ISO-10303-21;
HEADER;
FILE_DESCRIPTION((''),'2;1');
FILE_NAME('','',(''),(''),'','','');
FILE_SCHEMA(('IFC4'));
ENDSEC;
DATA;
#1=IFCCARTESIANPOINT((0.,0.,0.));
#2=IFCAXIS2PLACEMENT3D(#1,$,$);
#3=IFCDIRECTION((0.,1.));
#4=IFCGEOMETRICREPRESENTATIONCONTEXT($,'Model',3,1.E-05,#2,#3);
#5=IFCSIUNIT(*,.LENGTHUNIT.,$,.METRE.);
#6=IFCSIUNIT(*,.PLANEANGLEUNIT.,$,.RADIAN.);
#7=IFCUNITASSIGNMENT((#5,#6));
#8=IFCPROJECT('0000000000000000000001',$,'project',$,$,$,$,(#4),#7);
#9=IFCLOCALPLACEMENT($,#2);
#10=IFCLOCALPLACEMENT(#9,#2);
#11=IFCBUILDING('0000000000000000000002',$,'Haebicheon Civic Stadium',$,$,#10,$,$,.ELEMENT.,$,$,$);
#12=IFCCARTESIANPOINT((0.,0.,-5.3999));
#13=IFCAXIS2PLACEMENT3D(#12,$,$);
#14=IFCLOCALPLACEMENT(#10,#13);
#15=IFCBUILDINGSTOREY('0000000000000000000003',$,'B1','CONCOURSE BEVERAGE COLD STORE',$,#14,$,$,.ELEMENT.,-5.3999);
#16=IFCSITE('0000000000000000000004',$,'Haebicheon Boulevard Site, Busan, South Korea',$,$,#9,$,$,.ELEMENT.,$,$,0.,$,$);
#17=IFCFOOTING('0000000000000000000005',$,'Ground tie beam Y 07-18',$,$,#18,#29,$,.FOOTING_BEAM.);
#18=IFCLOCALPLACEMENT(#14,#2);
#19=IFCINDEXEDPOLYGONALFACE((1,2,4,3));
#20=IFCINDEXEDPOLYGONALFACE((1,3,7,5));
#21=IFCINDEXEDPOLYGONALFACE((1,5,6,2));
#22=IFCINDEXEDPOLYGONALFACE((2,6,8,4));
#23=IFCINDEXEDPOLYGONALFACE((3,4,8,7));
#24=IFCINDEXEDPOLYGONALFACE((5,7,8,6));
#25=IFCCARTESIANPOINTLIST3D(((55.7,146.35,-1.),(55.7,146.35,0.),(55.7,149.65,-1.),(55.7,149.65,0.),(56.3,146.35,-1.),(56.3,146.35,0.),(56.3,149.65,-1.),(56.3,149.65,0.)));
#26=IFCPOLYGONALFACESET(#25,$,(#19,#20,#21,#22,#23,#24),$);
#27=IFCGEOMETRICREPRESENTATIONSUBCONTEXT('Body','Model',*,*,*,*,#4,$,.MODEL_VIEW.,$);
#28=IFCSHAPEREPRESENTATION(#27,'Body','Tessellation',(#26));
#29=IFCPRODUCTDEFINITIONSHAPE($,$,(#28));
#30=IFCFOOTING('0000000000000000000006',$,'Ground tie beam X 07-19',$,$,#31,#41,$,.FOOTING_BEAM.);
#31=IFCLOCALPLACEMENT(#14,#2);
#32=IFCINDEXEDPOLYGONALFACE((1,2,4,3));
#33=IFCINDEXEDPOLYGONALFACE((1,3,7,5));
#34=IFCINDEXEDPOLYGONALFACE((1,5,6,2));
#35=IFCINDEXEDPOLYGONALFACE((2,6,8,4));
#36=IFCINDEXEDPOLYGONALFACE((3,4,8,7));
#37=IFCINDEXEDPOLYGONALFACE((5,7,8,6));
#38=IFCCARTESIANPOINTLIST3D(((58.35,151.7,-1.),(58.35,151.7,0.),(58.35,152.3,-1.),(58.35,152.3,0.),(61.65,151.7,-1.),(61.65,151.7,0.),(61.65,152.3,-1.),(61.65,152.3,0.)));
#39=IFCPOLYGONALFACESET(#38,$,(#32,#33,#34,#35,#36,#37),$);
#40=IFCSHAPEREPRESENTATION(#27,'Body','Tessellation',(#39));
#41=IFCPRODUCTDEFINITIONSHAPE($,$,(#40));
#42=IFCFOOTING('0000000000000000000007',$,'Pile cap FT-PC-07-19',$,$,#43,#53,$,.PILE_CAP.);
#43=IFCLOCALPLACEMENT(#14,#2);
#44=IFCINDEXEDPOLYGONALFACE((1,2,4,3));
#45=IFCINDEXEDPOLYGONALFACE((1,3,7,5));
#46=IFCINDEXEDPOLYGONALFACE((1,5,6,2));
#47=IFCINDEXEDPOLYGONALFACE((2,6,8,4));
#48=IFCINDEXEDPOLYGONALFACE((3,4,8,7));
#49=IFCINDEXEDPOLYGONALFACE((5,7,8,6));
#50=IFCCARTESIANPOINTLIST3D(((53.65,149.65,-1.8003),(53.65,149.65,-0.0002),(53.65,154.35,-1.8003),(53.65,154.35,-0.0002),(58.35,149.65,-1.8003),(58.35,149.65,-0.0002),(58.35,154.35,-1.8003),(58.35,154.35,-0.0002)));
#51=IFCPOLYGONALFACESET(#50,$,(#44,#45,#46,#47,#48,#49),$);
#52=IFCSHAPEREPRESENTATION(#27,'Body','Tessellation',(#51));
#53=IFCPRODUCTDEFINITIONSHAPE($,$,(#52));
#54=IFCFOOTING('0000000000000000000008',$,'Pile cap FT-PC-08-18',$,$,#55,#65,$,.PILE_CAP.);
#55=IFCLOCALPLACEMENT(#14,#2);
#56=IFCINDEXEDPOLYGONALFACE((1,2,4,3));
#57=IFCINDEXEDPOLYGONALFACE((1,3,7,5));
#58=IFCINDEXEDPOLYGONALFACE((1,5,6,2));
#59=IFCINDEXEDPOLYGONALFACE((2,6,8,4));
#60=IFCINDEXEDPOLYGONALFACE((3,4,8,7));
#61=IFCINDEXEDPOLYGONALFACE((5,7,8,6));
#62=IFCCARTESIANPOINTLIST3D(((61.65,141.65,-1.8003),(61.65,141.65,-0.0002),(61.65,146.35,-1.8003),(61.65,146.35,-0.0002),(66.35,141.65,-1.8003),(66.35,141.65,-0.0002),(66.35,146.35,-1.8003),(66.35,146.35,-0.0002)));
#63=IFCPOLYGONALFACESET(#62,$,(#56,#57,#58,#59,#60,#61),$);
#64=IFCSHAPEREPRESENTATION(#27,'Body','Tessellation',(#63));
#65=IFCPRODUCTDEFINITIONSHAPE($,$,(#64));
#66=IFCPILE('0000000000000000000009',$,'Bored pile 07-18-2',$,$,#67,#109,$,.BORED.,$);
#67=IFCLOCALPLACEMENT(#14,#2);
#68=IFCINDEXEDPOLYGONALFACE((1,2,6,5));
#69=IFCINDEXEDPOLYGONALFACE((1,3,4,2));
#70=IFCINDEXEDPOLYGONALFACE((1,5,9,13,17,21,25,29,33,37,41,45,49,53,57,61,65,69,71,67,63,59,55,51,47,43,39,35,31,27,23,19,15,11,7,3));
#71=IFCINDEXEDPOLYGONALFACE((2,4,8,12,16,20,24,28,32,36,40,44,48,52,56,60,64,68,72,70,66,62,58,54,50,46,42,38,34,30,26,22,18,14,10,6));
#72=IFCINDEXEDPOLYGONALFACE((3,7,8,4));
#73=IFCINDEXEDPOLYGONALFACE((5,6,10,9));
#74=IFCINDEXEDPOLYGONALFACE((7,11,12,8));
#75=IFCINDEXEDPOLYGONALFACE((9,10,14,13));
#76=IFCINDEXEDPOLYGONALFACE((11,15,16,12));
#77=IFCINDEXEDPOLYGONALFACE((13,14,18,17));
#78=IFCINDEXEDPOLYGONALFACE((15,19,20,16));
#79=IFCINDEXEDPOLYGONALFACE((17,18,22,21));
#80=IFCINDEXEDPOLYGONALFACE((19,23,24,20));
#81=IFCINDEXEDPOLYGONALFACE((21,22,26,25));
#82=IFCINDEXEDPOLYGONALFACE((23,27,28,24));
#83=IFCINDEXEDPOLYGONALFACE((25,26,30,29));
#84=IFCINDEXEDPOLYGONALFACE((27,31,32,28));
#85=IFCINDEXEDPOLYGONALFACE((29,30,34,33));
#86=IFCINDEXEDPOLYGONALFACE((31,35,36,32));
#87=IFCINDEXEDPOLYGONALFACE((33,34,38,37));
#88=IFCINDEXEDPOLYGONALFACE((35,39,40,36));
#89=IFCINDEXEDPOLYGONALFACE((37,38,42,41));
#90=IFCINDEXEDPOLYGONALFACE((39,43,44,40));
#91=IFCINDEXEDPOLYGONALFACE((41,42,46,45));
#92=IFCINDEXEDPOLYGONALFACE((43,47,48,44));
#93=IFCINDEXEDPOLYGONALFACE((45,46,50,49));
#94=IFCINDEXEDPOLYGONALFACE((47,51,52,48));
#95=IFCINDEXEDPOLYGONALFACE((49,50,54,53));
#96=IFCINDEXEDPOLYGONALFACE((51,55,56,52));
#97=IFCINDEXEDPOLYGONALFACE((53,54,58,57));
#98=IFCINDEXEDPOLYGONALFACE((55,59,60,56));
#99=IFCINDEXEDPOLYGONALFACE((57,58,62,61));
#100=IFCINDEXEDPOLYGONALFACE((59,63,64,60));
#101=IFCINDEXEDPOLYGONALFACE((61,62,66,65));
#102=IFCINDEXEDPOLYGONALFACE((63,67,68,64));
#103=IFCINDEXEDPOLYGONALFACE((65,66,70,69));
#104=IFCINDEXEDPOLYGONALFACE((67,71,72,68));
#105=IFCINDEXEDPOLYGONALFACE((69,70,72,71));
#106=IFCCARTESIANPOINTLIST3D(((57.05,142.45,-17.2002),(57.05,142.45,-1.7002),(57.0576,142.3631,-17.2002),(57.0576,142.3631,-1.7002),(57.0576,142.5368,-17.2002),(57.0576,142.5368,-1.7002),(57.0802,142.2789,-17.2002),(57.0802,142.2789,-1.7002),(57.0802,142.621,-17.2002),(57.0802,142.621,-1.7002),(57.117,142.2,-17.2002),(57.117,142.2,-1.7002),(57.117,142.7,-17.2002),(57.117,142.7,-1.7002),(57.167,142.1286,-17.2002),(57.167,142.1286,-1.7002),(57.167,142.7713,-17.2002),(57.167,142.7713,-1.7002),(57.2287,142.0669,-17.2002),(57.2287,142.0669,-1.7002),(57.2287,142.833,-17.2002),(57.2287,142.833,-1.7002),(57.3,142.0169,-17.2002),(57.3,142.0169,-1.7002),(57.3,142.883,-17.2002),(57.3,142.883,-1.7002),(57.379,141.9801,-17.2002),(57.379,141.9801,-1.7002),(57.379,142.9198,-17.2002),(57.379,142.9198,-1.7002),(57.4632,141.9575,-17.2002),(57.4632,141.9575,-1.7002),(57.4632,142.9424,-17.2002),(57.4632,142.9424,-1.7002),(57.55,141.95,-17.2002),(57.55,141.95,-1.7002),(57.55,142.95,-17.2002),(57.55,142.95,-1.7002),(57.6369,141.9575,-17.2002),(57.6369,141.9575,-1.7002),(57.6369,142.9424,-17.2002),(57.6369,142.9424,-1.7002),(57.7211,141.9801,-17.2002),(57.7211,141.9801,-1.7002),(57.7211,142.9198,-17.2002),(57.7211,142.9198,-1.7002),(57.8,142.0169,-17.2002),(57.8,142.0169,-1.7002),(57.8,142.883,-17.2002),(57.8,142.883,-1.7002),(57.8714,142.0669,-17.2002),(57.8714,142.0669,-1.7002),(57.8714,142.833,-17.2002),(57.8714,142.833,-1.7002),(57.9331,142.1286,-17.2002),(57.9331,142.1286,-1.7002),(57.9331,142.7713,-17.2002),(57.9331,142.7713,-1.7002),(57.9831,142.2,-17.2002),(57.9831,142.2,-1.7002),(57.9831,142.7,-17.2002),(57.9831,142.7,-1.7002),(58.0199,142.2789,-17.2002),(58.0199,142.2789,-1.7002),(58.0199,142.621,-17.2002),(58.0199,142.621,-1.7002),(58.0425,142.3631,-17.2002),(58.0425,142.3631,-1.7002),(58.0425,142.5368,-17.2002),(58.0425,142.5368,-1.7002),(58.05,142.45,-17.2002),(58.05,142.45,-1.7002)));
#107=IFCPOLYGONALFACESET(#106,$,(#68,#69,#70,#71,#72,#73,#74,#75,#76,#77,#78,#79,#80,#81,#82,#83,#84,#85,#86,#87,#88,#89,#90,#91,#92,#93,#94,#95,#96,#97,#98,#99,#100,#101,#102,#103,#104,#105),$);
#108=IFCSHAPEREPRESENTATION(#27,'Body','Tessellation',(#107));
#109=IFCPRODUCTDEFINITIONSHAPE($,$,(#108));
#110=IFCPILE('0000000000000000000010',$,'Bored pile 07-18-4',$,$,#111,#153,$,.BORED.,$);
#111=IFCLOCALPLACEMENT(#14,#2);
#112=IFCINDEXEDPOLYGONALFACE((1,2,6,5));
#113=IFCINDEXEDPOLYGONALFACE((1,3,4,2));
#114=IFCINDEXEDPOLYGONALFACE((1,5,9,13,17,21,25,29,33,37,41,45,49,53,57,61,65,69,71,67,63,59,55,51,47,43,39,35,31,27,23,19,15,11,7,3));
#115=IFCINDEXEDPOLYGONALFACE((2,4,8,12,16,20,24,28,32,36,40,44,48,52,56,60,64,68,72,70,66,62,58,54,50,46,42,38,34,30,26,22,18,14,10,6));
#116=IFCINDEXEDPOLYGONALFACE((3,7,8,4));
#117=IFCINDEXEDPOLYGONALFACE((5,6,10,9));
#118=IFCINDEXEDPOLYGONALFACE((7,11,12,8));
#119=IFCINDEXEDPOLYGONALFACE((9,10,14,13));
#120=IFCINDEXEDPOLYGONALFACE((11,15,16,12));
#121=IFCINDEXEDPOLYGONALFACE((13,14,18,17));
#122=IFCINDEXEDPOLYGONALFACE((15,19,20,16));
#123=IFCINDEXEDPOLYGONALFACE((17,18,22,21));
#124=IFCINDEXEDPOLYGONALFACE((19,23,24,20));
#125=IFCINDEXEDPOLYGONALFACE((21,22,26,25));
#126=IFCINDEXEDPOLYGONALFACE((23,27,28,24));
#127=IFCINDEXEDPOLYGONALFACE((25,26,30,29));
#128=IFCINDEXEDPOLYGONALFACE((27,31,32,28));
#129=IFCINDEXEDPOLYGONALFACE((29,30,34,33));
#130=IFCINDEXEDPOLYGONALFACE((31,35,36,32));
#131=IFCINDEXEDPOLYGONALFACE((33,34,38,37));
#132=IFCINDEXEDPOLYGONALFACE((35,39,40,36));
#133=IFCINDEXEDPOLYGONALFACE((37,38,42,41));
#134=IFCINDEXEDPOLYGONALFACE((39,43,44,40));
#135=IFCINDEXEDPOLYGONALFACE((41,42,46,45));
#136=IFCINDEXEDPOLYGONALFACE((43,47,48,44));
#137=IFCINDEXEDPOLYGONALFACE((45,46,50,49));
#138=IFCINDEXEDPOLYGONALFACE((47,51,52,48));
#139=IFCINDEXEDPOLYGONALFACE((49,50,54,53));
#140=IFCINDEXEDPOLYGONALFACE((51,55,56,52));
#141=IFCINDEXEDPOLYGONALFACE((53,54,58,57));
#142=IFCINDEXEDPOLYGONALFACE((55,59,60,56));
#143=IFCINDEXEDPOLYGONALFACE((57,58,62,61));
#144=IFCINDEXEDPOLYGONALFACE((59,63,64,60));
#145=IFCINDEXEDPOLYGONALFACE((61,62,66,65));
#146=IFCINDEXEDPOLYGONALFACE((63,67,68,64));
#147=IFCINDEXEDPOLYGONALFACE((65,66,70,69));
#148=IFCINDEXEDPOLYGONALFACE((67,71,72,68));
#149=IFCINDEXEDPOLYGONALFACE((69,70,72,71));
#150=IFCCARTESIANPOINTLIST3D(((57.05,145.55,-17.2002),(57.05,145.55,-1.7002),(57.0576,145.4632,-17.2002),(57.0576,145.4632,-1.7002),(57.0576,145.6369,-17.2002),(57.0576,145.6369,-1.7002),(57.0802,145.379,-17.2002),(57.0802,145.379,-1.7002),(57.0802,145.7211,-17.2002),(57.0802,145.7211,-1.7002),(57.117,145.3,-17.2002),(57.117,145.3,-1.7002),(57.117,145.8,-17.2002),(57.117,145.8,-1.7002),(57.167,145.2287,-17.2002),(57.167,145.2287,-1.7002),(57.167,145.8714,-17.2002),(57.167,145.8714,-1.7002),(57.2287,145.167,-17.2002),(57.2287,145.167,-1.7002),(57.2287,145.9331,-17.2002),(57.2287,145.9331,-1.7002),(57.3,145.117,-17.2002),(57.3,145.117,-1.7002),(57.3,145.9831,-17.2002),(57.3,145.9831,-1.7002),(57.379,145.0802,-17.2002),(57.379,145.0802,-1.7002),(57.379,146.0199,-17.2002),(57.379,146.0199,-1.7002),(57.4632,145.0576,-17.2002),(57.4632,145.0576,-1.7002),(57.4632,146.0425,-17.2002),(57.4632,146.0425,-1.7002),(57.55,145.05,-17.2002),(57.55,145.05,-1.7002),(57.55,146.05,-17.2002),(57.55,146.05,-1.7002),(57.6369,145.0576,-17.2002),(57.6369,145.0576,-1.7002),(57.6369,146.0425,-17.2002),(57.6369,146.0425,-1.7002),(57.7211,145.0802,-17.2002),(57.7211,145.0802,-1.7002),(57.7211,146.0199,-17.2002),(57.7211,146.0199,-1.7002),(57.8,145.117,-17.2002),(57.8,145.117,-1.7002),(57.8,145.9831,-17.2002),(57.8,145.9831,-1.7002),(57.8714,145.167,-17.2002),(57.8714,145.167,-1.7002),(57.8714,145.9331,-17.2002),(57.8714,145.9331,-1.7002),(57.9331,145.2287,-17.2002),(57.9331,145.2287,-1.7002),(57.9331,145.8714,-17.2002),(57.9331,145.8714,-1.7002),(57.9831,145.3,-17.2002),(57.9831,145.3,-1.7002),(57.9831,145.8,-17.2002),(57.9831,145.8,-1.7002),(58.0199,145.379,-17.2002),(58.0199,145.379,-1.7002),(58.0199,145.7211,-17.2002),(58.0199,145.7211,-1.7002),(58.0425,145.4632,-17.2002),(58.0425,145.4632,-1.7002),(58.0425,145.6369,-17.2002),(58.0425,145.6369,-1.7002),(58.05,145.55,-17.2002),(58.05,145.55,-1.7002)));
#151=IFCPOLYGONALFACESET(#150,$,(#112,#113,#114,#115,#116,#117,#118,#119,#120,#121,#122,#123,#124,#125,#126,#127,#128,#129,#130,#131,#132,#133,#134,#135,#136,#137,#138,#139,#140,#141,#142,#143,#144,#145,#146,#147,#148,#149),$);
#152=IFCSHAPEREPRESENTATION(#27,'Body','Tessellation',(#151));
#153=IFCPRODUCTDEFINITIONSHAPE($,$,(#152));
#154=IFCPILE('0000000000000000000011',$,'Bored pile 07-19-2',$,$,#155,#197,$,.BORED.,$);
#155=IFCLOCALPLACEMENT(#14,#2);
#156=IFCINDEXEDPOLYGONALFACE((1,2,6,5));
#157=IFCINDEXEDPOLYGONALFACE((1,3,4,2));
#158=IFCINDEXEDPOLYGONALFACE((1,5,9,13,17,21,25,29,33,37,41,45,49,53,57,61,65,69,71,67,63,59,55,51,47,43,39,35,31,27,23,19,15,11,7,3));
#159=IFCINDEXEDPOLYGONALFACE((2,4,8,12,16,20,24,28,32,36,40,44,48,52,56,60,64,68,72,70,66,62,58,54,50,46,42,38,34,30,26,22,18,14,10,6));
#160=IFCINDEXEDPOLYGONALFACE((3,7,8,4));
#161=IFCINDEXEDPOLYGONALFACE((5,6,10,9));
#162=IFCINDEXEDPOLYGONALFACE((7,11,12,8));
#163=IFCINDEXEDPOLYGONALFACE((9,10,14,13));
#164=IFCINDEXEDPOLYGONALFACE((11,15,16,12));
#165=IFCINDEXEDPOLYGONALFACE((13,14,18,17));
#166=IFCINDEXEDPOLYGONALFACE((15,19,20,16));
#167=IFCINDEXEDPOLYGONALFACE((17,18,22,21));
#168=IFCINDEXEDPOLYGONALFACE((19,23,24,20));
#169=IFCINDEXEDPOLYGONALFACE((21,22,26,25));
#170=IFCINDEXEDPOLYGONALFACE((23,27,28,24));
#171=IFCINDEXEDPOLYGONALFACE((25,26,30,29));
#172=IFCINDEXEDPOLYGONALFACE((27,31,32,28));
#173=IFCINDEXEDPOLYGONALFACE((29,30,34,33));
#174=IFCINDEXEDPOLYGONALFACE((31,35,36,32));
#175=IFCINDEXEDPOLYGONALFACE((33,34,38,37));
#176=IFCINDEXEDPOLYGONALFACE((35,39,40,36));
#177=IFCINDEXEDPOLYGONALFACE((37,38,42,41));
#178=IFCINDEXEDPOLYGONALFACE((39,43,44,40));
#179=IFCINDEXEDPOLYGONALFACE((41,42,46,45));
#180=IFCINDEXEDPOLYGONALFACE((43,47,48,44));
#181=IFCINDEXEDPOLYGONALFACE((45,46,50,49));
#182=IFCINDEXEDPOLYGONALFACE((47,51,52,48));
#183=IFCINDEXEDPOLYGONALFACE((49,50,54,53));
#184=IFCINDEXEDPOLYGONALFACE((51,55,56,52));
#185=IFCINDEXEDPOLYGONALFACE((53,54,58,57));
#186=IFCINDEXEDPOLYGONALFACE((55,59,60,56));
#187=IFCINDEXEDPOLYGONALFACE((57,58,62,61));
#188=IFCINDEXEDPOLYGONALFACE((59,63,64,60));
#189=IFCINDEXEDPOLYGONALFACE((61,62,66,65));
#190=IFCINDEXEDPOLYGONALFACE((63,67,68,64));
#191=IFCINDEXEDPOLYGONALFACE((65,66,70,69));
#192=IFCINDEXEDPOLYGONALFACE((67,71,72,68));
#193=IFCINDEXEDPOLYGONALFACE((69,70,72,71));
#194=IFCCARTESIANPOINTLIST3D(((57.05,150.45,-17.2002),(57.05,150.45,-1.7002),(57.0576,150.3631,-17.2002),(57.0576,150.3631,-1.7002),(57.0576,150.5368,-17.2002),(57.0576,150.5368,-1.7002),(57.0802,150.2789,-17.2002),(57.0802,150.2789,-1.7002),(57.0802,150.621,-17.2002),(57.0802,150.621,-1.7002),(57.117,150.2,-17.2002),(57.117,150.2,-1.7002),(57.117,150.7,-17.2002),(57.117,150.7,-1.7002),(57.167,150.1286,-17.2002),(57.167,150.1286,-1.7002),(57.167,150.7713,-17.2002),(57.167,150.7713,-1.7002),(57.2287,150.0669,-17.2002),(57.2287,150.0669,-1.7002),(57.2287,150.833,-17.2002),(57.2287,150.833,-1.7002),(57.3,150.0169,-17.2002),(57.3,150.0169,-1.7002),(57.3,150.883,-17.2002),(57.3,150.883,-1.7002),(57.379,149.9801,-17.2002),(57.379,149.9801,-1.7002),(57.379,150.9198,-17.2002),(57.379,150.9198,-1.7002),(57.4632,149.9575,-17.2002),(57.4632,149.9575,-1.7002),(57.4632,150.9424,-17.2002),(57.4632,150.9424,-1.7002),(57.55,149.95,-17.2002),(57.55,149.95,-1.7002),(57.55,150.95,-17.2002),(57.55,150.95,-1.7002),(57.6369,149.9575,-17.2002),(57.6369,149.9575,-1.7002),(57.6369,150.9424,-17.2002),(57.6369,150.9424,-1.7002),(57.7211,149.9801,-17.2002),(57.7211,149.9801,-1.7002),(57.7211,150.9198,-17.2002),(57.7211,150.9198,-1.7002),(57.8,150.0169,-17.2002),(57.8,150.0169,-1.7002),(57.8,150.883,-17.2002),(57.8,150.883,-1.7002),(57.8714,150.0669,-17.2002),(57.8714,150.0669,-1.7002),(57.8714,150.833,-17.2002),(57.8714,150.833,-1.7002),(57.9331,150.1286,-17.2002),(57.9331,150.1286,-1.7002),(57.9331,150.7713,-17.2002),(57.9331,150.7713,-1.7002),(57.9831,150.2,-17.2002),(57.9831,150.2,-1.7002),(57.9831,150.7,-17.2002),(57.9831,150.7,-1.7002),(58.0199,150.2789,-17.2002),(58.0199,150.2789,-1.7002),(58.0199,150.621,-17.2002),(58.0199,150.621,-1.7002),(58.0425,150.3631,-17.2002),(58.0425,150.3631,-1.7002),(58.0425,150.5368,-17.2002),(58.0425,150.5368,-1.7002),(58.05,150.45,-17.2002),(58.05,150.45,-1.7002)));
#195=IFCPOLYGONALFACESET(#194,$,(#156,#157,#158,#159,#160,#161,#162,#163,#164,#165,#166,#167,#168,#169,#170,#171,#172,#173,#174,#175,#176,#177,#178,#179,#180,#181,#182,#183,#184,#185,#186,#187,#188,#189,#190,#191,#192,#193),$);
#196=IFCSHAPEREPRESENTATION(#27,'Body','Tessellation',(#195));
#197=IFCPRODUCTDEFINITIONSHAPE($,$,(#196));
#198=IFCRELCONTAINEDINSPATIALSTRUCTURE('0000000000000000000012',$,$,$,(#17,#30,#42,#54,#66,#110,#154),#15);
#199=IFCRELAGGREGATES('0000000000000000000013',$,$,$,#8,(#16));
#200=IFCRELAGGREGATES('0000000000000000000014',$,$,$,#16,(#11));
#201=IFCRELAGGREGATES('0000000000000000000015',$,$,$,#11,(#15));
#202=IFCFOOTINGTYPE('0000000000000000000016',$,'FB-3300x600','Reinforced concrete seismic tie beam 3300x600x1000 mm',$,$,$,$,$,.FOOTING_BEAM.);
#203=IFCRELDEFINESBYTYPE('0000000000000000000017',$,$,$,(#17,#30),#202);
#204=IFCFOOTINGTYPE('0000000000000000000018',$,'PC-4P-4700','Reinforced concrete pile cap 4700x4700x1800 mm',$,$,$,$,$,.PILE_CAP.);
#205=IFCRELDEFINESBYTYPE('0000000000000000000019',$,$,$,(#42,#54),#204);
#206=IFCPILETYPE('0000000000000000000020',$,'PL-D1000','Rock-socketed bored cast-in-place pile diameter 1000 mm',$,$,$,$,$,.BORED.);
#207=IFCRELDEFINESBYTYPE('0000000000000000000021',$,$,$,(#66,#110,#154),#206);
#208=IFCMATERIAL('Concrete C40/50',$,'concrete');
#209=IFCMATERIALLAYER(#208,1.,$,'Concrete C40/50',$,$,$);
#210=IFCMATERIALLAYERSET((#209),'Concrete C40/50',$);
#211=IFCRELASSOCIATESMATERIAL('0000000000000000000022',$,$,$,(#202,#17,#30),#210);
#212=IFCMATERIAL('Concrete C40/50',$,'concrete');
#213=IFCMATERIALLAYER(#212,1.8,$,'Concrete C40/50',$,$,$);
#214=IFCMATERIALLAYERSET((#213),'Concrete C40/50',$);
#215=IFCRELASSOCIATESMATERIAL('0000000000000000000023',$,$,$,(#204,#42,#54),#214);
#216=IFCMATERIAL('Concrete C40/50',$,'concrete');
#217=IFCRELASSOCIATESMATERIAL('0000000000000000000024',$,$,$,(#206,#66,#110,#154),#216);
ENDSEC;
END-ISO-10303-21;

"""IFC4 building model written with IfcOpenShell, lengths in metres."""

from ifc_helpers import new_model, si_unit, direction, frame, origin, origin_2d, place, context, subcontext, project, spatial, rectangle, circle, extrude, material, layer, layer_set, material_profile, profile_set, type_object, element, save


model = new_model("IFC4")

# Units and contexts
model_context = context("Model", 3, precision=1e-05, world=origin(), true_north=direction((0.0, 1.0)))
body_context = subcontext(model_context, "Body", "Model", "MODEL_VIEW")
ifc_project = project(units=[si_unit("LENGTHUNIT", "METRE"), si_unit("PLANEANGLEUNIT", "RADIAN")], contexts=[model_context])

# Site, building, storey
site_placement = place(None, origin())
site = spatial("IfcSite", under=ifc_project, at=site_placement, Name="Haebicheon Boulevard Site, Busan, South Korea", CompositionType="ELEMENT", RefElevation=0.0)
building_placement = place(site_placement, origin())
building = spatial("IfcBuilding", under=site, at=building_placement, Name="Haebicheon Civic Stadium", CompositionType="ELEMENT")
storey_placement = place(building_placement, frame((0.0, 0.0, -5.3999)))
storey = spatial("IfcBuildingStorey", under=building, at=storey_placement, Name="B1", Description="CONCOURSE BEVERAGE COLD STORE", CompositionType="ELEMENT", Elevation=-5.3999)

# Footings
ifc_material_1 = material(Name="Concrete C40/50", Category="concrete")
ifc_layer_1 = layer(ifc_material_1, 1.0, Name="Concrete C40/50")
ifc_layer_set_1 = layer_set([ifc_layer_1], Name="Concrete C40/50")
footing_type_1 = type_object("IfcFootingType", Name="FB-3300x600", Description="Reinforced concrete seismic tie beam 3300x600x1000 mm", PredefinedType="FOOTING_BEAM", material=ifc_layer_set_1)
for number, where, z_axis, x_axis, name in (
    (1, (56.0, 148.0, -1.0), (0.0, 0.0, 1.0), (0.0, 1.0, 0.0), "Ground tie beam Y 07-18"),
    (2, (60.0, 152.0, -1.0), (0.0, 0.0, 1.0), (1.0, 0.0, 0.0), "Ground tie beam X 07-19"),
):
    element("IfcFooting", number, at=place(storey_placement, frame(where, z_axis=z_axis, x_axis=x_axis)), inside=storey, type_object=footing_type_1, material=ifc_layer_set_1, Name=name, PredefinedType="FOOTING_BEAM", context=body_context, shape_type="SweptSolid", body=[
        extrude(rectangle(XDim=3.3, YDim=0.6001, at=origin_2d()), origin(), (0.0, 0.0, 1.0), 1.0),
    ])
ifc_material_2 = material(Name="Concrete C40/50", Category="concrete")
ifc_layer_2 = layer(ifc_material_2, 1.8, Name="Concrete C40/50")
ifc_layer_set_2 = layer_set([ifc_layer_2], Name="Concrete C40/50")
footing_type_2 = type_object("IfcFootingType", Name="PC-4P-4700", Description="Reinforced concrete pile cap 4700x4700x1800 mm", PredefinedType="PILE_CAP", material=ifc_layer_set_2)
for number, where, z_axis, x_axis, name in (
    (3, (56.0, 152.0, -1.8003), (0.0, 0.0, 1.0), (1.0, 0.0, 0.0), "Pile cap FT-PC-07-19"),
    (4, (64.0, 144.0, -1.8003), (0.0, 0.0, 1.0), (1.0, 0.0, 0.0), "Pile cap FT-PC-08-18"),
):
    element("IfcFooting", number, at=place(storey_placement, frame(where, z_axis=z_axis, x_axis=x_axis)), inside=storey, type_object=footing_type_2, material=ifc_layer_set_2, Name=name, PredefinedType="PILE_CAP", context=body_context, shape_type="SweptSolid", body=[
        extrude(rectangle(XDim=4.7, YDim=4.7, at=origin_2d()), origin(), (0.0, 0.0, 1.0), 1.8),
    ])

# Piles
ifc_material_3 = material(Name="Concrete C40/50", Category="concrete")
ifc_material_profile_1 = material_profile(ifc_material_3, circle(Radius=0.5, at=origin_2d()), Name="PILE-D1000")
ifc_profile_set_1 = profile_set([ifc_material_profile_1], Name="Concrete C40/50")
pile_type = type_object("IfcPileType", Name="PL-D1000", Description="Rock-socketed bored cast-in-place pile diameter 1000 mm", PredefinedType="BORED", material=ifc_profile_set_1)
for number, where, z_axis, x_axis, name in (
    (5, (57.55, 142.45, -1.7002), (0.0, 0.0, -1.0), (1.0, 0.0, 0.0), "Bored pile 07-18-2"),
    (6, (57.55, 145.55, -1.7002), (0.0, 0.0, -1.0), (1.0, 0.0, 0.0), "Bored pile 07-18-4"),
    (7, (57.55, 150.45, -1.7002), (0.0, 0.0, -1.0), (1.0, 0.0, 0.0), "Bored pile 07-19-2"),
):
    element("IfcPile", number, at=place(storey_placement, frame(where, z_axis=z_axis, x_axis=x_axis)), inside=storey, type_object=pile_type, material=ifc_profile_set_1, Name=name, PredefinedType="BORED", context=body_context, shape_type="SweptSolid", body=[
        extrude(circle(Radius=0.5, at=origin_2d()), origin(), (0.0, 0.0, 1.0), 15.5),
    ])

save(model, "model.ifc")
